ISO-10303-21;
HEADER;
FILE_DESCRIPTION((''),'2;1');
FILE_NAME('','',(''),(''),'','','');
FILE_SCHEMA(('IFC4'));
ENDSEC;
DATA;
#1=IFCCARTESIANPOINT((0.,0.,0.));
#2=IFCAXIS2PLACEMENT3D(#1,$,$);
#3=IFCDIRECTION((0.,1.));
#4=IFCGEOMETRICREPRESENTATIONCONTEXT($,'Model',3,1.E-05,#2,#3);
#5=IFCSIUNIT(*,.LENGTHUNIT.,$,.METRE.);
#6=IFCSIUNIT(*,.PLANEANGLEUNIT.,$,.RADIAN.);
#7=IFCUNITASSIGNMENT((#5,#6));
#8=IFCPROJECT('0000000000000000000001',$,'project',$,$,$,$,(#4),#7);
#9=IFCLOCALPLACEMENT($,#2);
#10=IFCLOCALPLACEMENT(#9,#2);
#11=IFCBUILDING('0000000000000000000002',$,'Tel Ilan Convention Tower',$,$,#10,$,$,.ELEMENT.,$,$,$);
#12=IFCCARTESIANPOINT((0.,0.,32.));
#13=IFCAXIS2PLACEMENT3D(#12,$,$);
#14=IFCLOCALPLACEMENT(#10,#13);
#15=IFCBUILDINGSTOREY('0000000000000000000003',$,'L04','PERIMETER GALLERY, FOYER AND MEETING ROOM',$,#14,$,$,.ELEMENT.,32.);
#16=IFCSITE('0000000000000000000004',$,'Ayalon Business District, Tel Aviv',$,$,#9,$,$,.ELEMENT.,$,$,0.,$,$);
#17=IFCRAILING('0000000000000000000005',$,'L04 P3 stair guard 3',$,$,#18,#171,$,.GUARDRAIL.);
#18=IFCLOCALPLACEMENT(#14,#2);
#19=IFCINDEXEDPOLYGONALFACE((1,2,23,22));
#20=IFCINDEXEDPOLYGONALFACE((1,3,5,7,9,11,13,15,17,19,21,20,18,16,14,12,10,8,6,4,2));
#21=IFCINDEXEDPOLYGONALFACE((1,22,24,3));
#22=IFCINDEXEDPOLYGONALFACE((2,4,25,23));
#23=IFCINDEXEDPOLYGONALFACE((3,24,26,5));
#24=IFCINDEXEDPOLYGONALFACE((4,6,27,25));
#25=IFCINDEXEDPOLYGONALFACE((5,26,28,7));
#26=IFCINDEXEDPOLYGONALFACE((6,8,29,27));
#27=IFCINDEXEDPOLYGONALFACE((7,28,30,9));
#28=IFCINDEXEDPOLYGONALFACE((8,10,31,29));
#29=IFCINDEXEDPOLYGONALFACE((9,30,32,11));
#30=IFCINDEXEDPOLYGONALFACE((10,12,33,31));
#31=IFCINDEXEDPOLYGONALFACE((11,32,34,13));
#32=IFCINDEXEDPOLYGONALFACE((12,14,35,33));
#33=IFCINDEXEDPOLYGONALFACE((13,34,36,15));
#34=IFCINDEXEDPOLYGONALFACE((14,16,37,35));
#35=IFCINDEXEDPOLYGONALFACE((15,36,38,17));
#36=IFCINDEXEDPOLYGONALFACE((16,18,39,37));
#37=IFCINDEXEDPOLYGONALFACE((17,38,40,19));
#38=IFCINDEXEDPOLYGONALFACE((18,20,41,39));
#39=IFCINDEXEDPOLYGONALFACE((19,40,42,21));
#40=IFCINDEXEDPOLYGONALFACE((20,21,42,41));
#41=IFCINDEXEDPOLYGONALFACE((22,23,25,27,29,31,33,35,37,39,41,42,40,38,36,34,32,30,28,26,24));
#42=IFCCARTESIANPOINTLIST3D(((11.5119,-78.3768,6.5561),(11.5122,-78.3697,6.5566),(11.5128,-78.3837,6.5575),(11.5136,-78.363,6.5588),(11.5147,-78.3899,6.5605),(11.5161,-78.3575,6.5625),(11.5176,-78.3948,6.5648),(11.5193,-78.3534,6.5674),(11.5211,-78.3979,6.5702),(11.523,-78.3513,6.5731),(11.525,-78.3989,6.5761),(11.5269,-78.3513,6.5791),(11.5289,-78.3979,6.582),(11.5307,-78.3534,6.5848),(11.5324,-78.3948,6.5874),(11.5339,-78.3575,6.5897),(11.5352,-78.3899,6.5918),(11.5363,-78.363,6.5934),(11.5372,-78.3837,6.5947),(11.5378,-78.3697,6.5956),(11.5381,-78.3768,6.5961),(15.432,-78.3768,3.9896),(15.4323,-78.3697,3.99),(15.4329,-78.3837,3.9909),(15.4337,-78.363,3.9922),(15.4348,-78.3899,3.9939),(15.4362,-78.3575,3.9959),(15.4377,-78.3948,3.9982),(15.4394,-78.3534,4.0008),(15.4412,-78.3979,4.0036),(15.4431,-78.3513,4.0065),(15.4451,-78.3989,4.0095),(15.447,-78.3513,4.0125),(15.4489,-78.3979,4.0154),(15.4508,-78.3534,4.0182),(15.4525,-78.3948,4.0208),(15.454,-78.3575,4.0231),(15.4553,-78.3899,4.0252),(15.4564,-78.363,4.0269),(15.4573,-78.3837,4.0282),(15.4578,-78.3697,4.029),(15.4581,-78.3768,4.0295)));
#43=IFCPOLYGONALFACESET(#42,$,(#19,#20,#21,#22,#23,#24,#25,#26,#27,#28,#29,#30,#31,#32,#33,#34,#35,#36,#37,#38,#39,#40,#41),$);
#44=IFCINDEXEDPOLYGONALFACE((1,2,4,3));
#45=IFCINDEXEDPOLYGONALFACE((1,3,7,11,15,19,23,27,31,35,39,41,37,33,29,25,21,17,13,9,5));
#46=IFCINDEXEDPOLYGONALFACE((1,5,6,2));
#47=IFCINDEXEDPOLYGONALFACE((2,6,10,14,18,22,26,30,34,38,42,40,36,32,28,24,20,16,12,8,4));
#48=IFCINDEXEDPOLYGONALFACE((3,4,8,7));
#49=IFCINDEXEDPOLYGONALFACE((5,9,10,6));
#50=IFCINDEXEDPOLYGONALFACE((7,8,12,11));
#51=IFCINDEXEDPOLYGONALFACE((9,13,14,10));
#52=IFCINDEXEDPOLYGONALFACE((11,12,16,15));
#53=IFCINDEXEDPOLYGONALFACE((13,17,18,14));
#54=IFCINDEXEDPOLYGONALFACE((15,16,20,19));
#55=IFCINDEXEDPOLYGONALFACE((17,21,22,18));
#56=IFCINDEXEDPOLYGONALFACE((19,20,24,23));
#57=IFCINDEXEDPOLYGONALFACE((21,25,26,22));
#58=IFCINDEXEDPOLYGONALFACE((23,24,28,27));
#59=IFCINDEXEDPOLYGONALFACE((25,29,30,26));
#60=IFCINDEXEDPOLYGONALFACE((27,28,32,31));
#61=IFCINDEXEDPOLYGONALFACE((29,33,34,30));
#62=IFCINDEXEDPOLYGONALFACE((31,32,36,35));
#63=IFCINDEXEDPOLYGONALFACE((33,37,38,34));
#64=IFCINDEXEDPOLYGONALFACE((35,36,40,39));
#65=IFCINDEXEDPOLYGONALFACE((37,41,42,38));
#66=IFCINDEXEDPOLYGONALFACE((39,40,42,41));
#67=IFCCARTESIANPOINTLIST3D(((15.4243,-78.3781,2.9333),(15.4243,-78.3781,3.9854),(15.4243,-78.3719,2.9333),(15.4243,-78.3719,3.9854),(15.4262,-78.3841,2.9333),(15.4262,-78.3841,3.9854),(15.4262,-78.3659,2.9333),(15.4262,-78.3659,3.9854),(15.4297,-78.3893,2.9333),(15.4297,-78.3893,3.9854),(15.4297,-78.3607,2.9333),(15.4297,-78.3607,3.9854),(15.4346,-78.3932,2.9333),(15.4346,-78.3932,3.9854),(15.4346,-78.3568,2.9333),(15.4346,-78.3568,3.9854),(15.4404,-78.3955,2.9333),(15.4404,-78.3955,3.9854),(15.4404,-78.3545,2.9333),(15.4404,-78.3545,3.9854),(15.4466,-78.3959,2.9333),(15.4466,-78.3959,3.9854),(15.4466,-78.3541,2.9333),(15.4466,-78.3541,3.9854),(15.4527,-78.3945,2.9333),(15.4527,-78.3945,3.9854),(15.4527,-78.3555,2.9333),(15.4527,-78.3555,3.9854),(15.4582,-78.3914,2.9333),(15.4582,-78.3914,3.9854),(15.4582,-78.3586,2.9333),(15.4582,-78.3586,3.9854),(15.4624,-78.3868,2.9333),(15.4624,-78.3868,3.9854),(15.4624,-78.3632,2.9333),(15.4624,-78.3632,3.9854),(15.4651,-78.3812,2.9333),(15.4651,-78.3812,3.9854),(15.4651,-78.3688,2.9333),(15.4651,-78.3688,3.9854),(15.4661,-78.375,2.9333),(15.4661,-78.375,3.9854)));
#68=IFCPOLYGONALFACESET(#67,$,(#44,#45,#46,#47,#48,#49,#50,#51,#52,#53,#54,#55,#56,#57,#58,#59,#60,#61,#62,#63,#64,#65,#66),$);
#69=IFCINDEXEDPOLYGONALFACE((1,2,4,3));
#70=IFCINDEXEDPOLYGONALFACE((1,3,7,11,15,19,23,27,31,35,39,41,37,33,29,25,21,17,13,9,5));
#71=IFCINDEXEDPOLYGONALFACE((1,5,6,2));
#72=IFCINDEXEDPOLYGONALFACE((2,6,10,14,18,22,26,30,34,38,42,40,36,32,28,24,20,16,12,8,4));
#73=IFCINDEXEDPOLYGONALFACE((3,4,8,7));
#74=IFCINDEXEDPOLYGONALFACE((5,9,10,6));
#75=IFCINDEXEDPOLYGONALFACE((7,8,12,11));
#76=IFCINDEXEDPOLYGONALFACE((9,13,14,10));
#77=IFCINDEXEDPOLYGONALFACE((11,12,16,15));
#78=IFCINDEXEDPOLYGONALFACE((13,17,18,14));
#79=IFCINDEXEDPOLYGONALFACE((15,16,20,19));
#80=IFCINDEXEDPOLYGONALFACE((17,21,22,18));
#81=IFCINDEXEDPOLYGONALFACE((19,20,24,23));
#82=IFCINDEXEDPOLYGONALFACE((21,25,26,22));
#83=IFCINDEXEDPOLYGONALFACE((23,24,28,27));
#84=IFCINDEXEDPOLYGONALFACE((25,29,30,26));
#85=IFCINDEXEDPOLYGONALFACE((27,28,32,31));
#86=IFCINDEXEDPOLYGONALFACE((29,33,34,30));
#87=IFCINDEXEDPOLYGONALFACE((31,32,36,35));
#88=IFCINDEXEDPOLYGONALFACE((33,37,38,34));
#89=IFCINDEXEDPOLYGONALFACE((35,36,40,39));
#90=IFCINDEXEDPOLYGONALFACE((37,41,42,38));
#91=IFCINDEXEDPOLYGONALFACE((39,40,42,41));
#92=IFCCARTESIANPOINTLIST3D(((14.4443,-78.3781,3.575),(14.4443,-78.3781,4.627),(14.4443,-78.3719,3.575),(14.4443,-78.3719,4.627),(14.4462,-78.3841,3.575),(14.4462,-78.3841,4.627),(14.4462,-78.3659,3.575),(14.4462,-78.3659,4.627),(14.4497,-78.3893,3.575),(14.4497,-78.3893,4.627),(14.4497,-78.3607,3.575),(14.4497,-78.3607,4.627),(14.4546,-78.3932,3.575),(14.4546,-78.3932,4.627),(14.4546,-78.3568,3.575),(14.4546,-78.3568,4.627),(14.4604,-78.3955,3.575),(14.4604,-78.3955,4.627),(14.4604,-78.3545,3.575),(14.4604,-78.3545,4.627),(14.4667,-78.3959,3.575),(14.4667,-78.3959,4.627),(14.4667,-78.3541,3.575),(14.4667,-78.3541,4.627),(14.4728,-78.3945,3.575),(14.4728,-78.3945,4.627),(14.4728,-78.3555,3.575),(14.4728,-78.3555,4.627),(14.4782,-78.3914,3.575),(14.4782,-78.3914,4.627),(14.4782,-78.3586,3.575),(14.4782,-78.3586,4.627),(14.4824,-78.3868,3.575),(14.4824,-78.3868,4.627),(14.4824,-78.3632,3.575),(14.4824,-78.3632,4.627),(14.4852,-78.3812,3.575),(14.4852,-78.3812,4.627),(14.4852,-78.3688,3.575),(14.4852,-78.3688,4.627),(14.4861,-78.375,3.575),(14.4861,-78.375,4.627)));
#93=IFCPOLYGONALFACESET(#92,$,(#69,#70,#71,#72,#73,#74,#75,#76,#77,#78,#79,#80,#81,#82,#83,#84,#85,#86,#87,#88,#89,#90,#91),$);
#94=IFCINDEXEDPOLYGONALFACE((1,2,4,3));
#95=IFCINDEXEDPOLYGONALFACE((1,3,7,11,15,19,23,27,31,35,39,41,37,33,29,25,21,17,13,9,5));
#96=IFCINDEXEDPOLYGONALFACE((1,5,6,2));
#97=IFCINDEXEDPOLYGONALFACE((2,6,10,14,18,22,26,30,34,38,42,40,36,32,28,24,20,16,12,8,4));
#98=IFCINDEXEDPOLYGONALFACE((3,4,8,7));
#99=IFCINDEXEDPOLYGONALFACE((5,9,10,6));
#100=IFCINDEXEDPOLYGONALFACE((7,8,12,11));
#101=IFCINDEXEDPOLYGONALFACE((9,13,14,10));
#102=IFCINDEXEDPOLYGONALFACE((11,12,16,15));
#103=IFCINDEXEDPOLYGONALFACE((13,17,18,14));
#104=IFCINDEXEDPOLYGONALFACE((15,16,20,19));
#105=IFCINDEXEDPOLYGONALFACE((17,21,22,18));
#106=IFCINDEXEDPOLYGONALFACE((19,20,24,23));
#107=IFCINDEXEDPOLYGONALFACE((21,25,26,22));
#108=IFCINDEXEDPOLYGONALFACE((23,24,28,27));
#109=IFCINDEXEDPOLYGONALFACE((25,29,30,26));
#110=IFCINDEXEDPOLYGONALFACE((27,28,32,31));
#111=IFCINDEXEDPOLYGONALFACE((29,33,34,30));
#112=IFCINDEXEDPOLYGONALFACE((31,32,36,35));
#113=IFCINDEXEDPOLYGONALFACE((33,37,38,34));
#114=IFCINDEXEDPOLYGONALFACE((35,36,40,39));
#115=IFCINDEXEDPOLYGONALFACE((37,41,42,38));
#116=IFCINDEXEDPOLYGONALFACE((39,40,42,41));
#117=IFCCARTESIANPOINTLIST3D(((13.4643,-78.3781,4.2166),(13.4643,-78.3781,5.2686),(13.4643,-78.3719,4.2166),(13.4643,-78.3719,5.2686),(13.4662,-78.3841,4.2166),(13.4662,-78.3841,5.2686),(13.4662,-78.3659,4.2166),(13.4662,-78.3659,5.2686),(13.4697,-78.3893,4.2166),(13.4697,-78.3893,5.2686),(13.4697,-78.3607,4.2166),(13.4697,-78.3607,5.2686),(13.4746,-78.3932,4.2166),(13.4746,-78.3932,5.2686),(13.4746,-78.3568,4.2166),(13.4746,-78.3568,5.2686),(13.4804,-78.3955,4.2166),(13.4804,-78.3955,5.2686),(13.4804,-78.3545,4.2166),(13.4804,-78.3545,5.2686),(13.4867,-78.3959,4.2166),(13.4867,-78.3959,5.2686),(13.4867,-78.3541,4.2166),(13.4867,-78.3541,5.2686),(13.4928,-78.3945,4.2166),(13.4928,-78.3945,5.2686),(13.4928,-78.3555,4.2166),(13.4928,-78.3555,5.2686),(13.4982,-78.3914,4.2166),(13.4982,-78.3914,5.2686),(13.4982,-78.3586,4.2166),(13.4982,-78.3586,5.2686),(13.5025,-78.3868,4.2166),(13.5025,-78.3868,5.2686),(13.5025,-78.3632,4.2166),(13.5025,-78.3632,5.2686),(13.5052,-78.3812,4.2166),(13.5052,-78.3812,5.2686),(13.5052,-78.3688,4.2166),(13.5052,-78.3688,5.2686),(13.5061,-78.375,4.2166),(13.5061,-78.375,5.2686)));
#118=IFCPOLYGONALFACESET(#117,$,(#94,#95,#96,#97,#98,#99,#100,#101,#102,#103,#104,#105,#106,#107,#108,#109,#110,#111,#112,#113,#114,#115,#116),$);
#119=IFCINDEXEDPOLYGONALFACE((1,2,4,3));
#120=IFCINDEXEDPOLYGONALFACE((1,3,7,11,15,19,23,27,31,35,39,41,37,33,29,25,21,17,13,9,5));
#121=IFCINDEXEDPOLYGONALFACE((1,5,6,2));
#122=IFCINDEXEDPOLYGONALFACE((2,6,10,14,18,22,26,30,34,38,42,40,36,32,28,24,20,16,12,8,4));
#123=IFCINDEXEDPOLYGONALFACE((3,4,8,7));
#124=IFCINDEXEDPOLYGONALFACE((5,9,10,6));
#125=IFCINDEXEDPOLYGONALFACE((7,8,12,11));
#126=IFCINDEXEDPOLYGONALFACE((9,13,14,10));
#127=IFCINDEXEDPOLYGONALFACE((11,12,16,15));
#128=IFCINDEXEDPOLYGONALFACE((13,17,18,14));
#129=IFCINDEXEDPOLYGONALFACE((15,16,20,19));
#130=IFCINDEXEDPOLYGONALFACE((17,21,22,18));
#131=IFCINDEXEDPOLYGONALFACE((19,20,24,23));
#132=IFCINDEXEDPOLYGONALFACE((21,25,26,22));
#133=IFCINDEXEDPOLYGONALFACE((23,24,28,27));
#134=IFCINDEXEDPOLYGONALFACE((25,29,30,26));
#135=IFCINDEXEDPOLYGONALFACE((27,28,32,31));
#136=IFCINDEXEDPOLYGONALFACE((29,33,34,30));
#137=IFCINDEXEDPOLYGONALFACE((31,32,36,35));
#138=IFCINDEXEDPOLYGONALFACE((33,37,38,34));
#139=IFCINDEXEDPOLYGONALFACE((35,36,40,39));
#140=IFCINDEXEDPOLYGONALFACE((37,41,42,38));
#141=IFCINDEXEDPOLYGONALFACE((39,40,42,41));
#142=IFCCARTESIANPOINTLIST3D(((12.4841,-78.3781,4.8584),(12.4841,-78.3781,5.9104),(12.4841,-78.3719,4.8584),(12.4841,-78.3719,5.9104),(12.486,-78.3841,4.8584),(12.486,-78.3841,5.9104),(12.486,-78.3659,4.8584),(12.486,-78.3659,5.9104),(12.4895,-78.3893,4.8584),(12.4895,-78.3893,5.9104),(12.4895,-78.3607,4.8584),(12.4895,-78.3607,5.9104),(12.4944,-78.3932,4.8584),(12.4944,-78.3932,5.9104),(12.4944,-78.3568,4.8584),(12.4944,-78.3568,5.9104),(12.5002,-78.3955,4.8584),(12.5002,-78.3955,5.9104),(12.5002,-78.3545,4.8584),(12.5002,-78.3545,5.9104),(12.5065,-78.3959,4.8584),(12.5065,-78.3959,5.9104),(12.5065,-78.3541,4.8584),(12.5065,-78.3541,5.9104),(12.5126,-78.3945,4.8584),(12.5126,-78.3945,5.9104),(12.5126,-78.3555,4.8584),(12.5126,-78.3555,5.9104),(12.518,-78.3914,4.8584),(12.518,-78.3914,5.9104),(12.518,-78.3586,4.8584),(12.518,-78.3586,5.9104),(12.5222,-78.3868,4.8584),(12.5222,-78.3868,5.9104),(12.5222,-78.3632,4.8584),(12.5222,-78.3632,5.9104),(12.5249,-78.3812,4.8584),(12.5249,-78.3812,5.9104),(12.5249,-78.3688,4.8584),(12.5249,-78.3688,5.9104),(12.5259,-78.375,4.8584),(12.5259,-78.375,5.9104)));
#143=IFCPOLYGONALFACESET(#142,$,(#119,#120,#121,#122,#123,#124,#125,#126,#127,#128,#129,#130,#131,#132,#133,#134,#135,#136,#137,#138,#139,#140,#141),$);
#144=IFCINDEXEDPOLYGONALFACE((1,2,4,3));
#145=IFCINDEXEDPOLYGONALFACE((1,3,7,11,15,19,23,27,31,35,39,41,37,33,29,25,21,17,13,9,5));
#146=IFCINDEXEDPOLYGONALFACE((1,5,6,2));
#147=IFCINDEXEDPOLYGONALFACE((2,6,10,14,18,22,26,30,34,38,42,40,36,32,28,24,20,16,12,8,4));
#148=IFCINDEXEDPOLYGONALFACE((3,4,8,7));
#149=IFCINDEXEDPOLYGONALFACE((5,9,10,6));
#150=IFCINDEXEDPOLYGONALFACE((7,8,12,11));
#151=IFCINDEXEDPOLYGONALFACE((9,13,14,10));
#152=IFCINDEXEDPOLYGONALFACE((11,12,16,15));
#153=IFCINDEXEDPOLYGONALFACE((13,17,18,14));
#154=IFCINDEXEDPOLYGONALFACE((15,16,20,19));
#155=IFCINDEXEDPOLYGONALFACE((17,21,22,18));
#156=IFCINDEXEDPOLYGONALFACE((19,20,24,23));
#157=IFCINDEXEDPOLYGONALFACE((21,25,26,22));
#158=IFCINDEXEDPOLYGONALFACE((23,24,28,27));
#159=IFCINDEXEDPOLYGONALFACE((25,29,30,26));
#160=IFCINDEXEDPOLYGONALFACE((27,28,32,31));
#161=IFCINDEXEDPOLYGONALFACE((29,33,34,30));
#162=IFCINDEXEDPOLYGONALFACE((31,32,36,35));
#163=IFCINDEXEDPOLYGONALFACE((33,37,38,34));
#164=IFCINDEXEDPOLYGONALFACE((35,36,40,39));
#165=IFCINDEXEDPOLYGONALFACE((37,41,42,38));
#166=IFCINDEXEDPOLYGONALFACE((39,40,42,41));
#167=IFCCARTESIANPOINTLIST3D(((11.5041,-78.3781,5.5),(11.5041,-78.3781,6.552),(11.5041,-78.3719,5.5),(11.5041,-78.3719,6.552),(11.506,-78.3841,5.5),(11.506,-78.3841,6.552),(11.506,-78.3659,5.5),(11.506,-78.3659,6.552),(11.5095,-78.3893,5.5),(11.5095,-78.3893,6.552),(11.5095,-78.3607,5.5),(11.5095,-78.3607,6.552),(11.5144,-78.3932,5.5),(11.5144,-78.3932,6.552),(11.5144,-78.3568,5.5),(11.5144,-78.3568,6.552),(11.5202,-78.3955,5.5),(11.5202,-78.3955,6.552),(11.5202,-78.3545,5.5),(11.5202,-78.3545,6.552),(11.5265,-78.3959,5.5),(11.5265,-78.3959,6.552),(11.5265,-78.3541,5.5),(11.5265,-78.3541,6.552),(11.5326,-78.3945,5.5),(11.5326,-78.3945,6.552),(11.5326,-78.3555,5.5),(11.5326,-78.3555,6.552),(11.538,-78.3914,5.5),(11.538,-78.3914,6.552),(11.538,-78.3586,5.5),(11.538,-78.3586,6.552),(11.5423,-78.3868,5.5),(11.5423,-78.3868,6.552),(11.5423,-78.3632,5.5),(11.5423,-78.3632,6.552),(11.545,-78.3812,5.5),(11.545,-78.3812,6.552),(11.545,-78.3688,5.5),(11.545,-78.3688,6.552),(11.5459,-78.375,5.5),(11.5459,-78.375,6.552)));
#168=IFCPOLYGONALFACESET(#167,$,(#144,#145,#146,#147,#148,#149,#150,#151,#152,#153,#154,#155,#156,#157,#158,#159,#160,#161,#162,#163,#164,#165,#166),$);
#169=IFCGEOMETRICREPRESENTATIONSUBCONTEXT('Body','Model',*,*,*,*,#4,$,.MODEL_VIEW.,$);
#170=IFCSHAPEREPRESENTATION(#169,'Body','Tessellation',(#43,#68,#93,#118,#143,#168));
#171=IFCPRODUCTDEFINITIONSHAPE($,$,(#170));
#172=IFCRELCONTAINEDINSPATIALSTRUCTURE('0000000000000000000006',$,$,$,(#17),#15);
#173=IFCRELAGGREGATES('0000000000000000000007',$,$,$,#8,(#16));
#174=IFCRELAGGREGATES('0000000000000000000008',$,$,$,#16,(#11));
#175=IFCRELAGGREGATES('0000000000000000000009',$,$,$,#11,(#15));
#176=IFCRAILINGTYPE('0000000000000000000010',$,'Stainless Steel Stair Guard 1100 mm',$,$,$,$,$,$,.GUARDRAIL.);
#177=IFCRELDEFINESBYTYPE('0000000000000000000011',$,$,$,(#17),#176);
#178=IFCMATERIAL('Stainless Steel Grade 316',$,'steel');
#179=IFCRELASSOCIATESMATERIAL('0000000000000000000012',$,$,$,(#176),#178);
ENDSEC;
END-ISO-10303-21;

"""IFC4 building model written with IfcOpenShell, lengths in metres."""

from ifc_helpers import new_model, si_unit, direction, frame, origin, origin_2d, place, context, subcontext, project, spatial, circle, extrude, material, type_object, element, save


model = new_model("IFC4")

# Units and contexts
model_context = context("Model", 3, precision=1e-05, world=origin(), true_north=direction((0.0, 1.0)))
body_context = subcontext(model_context, "Body", "Model", "MODEL_VIEW")
ifc_project = project(units=[si_unit("LENGTHUNIT", "METRE"), si_unit("PLANEANGLEUNIT", "RADIAN")], contexts=[model_context])

# Site, building, storey
site_placement = place(None, origin())
site = spatial("IfcSite", under=ifc_project, at=site_placement, Name="Ayalon Business District, Tel Aviv", CompositionType="ELEMENT", RefElevation=0.0)
building_placement = place(site_placement, origin())
building = spatial("IfcBuilding", under=site, at=building_placement, Name="Tel Ilan Convention Tower", CompositionType="ELEMENT")
storey_placement = place(building_placement, frame((0.0, 0.0, 32.0)))
storey = spatial("IfcBuildingStorey", under=building, at=storey_placement, Name="L04", Description="PERIMETER GALLERY, FOYER AND MEETING ROOM", CompositionType="ELEMENT", Elevation=32.0)

# Railing
ifc_material_1 = material(Name="Stainless Steel Grade 316", Category="steel")
railing_type_1 = type_object("IfcRailingType", Name="Stainless Steel Stair Guard 1100 mm", PredefinedType="GUARDRAIL", material=ifc_material_1)
railing_1_placement = place(storey_placement, frame((15.4451, -78.375, 2.9333)))
element("IfcRailing", 1, at=railing_1_placement, inside=storey, type_object=railing_type_1, Name="L04 P3 stair guard 3", PredefinedType="GUARDRAIL", context=body_context, shape_type="SweptSolid", body=[
    extrude(circle(Radius=0.0239, at=origin_2d()), frame((0.0, 0.0, 1.0762), z_axis=(-0.836631, 0.0, 0.547767), x_axis=(0.0, -1.0, 0.0)), (0.0, 0.0, 1.0), 4.6855),
    extrude(circle(Radius=0.021, at=origin_2d()), origin(), (0.0, 0.0, 1.0), 1.052),
    extrude(circle(Radius=0.021, at=origin_2d()), frame((-0.98, 0.0, 0.6416)), (0.0, 0.0, 1.0), 1.052),
    extrude(circle(Radius=0.021, at=origin_2d()), frame((-1.96, 0.0, 1.2832)), (0.0, 0.0, 1.0), 1.052),
    extrude(circle(Radius=0.021, at=origin_2d()), frame((-2.9402, 0.0, 1.925)), (0.0, 0.0, 1.0), 1.052),
    extrude(circle(Radius=0.021, at=origin_2d()), frame((-3.9202, 0.0, 2.5667)), (0.0, 0.0, 1.0), 1.052),
])

save(model, "model.ifc")
